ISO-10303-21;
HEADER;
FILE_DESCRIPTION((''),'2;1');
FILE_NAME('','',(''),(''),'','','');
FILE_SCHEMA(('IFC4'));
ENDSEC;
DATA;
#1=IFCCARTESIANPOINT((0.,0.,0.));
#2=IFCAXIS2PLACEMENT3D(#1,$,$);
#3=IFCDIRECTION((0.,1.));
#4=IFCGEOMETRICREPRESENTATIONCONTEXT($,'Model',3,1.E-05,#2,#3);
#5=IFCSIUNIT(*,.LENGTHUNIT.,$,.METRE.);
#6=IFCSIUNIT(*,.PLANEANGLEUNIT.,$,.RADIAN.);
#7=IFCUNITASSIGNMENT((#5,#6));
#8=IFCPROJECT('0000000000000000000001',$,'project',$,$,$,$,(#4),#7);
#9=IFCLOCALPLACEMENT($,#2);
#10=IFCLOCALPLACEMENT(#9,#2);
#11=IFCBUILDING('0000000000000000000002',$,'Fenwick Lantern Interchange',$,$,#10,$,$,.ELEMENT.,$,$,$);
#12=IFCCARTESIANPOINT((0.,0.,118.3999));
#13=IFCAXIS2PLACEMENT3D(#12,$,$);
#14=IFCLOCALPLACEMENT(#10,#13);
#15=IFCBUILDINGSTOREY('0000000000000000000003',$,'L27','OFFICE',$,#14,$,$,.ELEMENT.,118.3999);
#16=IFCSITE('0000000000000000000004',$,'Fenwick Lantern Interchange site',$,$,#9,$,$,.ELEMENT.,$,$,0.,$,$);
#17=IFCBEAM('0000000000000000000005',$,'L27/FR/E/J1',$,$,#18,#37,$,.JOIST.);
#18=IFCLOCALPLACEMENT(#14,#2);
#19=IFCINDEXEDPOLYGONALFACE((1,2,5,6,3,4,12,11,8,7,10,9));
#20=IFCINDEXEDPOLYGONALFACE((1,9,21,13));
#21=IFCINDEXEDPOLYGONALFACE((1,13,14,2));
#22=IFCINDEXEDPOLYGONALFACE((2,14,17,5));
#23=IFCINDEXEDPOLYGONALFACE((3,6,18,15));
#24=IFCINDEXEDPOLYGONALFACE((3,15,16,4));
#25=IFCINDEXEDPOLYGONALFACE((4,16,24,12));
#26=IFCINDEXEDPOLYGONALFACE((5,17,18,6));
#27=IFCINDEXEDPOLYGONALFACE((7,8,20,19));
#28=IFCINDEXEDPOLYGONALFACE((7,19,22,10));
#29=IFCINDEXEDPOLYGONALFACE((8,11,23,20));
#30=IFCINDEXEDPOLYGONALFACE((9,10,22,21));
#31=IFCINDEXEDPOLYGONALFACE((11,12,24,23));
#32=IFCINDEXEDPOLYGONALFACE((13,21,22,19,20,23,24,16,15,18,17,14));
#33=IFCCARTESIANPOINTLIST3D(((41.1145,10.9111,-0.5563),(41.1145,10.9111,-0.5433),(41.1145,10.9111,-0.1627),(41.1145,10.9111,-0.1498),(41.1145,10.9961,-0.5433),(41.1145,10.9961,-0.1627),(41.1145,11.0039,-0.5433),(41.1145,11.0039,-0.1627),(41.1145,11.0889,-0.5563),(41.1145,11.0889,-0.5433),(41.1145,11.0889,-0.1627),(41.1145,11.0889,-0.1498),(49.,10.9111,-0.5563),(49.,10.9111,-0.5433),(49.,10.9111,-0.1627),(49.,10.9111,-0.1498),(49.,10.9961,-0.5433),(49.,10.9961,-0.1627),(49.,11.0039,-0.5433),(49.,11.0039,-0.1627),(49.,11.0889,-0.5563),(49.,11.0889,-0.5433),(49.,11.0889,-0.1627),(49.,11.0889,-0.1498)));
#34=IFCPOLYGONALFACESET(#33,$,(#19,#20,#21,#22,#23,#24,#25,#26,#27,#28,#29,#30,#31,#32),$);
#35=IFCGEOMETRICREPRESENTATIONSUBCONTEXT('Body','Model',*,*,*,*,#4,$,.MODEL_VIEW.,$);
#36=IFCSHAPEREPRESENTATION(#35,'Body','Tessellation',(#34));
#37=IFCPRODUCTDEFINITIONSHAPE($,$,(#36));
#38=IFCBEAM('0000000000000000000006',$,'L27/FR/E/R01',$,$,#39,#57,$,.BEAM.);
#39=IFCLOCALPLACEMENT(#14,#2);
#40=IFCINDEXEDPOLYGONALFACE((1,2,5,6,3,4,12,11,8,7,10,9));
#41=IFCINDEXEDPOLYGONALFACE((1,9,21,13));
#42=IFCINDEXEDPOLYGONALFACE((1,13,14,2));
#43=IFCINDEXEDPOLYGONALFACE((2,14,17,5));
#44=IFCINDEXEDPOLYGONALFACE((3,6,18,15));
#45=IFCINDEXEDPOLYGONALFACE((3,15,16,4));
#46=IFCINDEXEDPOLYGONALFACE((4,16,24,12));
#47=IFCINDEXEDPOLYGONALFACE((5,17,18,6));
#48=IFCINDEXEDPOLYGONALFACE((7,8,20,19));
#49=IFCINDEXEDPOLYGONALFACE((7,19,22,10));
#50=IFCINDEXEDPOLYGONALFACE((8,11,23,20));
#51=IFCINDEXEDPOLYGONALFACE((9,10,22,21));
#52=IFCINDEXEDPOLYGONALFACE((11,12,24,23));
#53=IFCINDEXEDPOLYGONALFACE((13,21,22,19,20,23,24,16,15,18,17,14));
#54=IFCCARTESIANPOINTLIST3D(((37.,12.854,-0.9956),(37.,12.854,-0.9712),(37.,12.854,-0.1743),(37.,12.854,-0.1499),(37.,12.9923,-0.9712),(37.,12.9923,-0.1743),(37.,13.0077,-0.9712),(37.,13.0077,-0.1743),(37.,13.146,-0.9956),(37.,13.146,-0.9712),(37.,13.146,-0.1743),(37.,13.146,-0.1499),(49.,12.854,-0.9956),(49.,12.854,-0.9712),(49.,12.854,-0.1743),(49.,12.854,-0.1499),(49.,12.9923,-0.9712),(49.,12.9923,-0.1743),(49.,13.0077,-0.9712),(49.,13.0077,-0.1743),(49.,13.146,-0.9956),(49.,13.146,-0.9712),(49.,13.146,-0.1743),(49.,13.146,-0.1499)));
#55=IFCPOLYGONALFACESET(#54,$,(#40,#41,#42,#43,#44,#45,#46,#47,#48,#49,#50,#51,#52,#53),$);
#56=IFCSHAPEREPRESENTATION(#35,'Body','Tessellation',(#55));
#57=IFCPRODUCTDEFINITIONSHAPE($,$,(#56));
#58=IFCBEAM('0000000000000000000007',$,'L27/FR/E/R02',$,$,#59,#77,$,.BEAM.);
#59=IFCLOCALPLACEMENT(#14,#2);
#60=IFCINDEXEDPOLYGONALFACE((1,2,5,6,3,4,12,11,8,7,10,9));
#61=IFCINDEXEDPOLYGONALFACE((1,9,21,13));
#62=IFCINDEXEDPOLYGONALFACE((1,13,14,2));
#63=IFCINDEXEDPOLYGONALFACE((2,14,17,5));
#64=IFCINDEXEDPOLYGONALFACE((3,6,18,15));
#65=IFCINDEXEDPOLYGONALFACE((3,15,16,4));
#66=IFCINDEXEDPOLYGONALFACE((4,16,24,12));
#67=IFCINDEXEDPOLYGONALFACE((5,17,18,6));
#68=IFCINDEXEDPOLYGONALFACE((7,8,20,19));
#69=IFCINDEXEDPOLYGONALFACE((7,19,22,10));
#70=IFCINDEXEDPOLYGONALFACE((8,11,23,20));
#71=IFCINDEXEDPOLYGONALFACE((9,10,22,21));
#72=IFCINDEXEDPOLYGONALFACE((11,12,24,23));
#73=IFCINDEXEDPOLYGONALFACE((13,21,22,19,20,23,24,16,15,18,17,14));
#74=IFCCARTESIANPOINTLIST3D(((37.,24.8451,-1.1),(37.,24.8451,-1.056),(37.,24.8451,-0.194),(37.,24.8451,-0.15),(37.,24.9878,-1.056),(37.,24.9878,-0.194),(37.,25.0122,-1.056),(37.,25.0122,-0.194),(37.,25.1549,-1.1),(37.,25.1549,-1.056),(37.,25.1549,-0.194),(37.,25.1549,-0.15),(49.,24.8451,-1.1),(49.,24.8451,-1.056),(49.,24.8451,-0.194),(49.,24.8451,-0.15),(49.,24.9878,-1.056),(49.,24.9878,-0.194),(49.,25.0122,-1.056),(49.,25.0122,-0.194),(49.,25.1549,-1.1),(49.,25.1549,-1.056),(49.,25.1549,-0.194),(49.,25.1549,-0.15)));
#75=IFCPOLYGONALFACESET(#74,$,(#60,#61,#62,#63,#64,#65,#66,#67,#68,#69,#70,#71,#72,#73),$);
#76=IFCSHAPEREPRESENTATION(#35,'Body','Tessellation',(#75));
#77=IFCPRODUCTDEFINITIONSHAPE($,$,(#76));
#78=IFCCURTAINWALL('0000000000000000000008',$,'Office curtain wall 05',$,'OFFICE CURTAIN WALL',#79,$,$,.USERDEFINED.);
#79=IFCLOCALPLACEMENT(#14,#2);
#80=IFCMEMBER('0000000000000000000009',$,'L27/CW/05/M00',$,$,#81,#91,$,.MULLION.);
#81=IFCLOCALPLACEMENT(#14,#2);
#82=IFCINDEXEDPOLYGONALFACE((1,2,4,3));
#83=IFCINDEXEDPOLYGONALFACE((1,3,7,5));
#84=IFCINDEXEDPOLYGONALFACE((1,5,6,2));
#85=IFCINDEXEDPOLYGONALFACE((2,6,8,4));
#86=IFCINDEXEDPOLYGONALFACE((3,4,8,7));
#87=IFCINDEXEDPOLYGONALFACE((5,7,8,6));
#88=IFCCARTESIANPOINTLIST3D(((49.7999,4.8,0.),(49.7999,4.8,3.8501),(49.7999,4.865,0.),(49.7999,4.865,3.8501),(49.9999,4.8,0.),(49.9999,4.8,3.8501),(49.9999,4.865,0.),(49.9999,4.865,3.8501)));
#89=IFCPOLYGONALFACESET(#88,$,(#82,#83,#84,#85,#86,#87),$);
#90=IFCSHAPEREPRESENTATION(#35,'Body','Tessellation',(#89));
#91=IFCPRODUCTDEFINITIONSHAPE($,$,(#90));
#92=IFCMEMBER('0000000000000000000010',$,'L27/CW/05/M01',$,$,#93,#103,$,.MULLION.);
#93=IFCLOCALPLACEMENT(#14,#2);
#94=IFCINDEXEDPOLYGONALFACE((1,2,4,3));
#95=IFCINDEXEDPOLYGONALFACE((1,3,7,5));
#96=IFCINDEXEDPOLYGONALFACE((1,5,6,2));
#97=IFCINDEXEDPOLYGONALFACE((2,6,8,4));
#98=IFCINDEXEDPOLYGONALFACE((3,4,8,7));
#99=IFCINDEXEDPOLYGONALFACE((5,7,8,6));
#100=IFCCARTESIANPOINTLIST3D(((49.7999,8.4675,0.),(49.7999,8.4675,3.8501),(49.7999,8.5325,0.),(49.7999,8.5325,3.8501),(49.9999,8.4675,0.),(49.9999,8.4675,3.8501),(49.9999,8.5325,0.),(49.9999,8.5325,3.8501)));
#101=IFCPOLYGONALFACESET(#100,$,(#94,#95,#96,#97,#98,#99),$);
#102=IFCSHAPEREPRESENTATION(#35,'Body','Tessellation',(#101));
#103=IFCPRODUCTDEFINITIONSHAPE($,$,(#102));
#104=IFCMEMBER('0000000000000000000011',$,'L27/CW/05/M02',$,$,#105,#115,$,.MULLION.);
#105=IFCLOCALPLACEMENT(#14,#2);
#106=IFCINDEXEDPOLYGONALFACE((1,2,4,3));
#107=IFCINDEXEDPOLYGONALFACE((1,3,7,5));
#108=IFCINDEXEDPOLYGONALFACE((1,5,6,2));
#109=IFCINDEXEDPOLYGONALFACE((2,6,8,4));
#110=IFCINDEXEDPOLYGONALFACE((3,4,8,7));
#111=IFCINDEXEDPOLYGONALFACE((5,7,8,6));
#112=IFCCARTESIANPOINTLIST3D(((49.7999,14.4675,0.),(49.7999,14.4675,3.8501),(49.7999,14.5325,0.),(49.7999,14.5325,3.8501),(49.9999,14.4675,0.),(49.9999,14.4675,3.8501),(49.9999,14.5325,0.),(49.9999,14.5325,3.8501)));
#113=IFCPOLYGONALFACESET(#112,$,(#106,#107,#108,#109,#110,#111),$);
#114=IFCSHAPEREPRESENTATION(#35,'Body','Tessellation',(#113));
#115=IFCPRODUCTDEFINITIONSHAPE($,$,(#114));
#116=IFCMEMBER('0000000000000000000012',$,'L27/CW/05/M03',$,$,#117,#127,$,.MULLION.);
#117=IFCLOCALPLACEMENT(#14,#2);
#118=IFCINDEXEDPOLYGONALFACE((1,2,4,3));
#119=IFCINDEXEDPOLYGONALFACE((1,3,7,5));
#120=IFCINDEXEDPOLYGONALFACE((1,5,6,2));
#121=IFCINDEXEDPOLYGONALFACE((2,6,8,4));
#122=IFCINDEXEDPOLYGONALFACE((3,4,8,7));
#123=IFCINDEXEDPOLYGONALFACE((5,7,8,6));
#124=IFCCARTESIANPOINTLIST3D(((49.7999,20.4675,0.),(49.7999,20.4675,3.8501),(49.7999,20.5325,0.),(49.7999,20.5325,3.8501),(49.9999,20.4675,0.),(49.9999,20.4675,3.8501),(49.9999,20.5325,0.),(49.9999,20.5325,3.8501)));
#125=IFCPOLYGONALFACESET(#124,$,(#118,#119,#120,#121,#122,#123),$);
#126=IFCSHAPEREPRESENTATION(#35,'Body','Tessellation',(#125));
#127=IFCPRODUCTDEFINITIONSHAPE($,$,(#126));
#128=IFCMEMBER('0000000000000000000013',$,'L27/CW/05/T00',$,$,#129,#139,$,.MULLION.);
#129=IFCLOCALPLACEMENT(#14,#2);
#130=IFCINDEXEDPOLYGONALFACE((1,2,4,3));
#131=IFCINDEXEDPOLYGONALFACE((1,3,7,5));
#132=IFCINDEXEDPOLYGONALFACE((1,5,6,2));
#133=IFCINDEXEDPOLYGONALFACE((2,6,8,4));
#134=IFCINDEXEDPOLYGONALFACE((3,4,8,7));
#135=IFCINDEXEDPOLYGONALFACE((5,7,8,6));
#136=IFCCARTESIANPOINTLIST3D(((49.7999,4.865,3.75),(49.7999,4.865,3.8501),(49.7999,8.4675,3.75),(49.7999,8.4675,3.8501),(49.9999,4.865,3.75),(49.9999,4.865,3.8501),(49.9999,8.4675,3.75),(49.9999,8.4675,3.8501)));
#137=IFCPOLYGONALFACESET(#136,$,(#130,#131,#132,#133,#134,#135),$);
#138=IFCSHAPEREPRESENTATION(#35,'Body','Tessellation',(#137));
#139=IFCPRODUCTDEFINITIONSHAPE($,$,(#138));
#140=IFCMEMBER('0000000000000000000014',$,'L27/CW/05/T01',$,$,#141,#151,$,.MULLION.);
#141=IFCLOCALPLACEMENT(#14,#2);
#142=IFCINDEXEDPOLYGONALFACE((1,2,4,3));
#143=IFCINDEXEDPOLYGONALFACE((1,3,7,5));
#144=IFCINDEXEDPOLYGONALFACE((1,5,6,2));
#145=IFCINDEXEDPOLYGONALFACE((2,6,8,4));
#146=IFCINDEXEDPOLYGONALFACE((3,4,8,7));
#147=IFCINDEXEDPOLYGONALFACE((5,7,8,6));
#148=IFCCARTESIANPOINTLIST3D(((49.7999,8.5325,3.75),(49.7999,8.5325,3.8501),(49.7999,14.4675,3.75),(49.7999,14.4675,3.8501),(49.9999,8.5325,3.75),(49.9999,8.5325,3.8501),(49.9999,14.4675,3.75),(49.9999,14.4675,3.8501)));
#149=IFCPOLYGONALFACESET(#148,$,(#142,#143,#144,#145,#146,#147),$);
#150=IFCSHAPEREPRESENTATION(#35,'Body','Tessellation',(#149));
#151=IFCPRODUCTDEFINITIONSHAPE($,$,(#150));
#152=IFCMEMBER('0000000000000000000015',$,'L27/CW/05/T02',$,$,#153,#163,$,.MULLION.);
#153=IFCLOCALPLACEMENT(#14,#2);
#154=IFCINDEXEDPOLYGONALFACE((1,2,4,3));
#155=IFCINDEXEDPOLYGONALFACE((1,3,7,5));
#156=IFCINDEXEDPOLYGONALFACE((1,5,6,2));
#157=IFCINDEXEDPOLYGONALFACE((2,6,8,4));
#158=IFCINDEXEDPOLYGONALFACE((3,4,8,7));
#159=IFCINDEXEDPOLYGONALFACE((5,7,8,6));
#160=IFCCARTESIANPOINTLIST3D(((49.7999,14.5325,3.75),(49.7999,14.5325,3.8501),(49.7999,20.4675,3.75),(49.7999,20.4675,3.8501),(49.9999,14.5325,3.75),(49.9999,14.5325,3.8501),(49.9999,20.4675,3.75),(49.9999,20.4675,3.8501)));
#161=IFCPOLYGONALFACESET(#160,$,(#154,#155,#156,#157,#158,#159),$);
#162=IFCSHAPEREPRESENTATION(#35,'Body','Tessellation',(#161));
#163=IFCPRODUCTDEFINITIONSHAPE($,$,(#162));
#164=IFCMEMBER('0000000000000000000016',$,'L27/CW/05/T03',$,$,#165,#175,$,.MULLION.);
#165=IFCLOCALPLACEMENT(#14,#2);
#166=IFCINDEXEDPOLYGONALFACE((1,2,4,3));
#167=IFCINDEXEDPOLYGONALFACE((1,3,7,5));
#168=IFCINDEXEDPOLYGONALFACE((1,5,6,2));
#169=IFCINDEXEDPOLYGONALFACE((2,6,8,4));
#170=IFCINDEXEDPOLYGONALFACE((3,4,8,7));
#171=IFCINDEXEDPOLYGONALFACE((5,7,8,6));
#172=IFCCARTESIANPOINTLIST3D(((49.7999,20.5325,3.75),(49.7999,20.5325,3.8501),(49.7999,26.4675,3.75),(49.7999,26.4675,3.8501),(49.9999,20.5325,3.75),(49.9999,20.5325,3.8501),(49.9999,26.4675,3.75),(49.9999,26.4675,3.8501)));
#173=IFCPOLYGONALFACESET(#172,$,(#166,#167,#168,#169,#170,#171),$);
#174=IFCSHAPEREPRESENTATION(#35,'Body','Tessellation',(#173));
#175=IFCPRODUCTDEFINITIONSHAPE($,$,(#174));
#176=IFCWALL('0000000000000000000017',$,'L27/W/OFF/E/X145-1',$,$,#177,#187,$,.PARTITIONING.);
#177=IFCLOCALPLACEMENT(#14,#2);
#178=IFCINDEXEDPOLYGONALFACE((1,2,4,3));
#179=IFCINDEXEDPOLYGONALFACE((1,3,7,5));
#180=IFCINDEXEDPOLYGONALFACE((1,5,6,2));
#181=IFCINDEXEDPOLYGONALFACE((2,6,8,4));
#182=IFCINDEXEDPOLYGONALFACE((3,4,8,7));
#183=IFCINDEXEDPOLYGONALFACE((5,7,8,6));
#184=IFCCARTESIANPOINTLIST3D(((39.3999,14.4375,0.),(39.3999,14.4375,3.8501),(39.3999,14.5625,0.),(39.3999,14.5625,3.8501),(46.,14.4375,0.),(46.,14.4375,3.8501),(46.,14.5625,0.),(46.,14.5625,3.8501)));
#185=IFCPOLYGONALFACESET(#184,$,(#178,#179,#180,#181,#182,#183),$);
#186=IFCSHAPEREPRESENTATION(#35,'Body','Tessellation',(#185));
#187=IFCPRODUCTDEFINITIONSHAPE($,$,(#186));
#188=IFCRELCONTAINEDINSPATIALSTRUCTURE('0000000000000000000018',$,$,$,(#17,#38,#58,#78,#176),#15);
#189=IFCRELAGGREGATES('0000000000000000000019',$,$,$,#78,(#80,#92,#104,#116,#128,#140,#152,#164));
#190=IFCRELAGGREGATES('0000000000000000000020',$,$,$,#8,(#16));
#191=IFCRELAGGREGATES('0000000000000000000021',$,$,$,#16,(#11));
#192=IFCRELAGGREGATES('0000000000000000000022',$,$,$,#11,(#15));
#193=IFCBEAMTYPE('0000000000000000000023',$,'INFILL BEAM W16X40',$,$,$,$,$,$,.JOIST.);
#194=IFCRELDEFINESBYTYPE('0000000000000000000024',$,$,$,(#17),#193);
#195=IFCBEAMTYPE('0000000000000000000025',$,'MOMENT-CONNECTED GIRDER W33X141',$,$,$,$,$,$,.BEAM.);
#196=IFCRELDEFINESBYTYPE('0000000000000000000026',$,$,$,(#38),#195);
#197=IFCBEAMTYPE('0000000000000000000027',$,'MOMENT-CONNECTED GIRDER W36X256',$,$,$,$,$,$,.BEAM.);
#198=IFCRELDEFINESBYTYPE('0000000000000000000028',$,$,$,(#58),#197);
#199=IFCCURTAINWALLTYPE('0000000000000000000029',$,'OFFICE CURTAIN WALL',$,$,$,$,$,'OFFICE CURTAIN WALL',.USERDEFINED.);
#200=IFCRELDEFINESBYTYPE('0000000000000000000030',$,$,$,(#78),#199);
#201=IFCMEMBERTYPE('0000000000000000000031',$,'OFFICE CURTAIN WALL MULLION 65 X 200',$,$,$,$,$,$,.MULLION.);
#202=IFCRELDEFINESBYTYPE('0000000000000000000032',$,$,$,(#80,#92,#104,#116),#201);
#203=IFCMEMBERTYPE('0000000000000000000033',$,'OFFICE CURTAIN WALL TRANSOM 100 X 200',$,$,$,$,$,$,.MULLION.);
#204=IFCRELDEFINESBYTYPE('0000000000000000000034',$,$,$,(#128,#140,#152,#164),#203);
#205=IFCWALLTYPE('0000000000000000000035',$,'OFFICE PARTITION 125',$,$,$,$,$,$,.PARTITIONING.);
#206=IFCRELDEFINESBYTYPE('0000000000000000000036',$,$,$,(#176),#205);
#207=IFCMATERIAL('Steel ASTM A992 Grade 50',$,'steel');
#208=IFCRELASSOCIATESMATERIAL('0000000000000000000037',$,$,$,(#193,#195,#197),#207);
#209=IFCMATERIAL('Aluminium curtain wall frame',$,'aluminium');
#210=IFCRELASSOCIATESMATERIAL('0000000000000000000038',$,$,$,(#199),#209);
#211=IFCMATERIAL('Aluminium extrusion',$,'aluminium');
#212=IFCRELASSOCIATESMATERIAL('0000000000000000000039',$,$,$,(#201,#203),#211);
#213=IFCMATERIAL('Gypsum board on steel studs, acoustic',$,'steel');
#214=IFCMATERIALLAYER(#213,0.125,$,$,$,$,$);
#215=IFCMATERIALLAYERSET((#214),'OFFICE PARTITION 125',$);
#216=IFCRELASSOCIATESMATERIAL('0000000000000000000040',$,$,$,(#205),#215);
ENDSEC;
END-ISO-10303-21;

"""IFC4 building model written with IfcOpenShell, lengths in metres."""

from ifc_helpers import new_model, si_unit, direction, frame, frame_2d, origin, origin_2d, place, context, subcontext, project, spatial, rectangle, i_section, extrude, material, layer, layer_set, material_profile, profile_set, type_object, element, aggregate, save


model = new_model("IFC4")

# Units and contexts
model_context = context("Model", 3, precision=1e-05, world=origin(), true_north=direction((0.0, 1.0)))
body_context = subcontext(model_context, "Body", "Model", "MODEL_VIEW")
ifc_project = project(units=[si_unit("LENGTHUNIT", "METRE"), si_unit("PLANEANGLEUNIT", "RADIAN")], contexts=[model_context])

# Site, building, storey
site_placement = place(None, origin())
site = spatial("IfcSite", under=ifc_project, at=site_placement, Name="Fenwick Lantern Interchange site", CompositionType="ELEMENT", RefElevation=0.0)
building_placement = place(site_placement, origin())
building = spatial("IfcBuilding", under=site, at=building_placement, Name="Fenwick Lantern Interchange", CompositionType="ELEMENT")
storey_placement = place(building_placement, frame((0.0, 0.0, 118.3999)))
storey = spatial("IfcBuildingStorey", under=building, at=storey_placement, Name="L27", Description="OFFICE", CompositionType="ELEMENT", Elevation=118.3999)

# Shared definitions
ifc_material_1 = material(Name="Steel ASTM A992 Grade 50", Category="steel")

# Beams
ifc_material_profile_1 = material_profile(ifc_material_1, i_section(OverallWidth=0.1777, OverallDepth=0.4065, WebThickness=0.0078, FlangeThickness=0.0129, at=origin_2d()), Name="W16X40")
ifc_profile_set_1 = profile_set([ifc_material_profile_1], Name="Steel ASTM A992 Grade 50")
beam_type_1 = type_object("IfcBeamType", Name="INFILL BEAM W16X40", PredefinedType="JOIST", material=ifc_profile_set_1)
beam_1_placement = place(storey_placement, frame((49.0, 11.0, -0.353), z_axis=(-1.0, 0.0, 0.0), x_axis=(0.0, -1.0, 0.0)))
element("IfcBeam", 1, at=beam_1_placement, inside=storey, type_object=beam_type_1, Name="L27/FR/E/J1", PredefinedType="JOIST", context=body_context, shape_type="SweptSolid", body=[
    extrude(i_section(OverallWidth=0.1777, OverallDepth=0.4065, WebThickness=0.0078, FlangeThickness=0.0129, at=origin_2d()), origin(), (0.0, 0.0, 1.0), 7.8855),
])
ifc_material_profile_2 = material_profile(ifc_material_1, i_section(OverallWidth=0.292, OverallDepth=0.8457, WebThickness=0.0154, FlangeThickness=0.0244, at=origin_2d()), Name="W33X141")
ifc_profile_set_2 = profile_set([ifc_material_profile_2], Name="Steel ASTM A992 Grade 50")
beam_type_2 = type_object("IfcBeamType", Name="MOMENT-CONNECTED GIRDER W33X141", PredefinedType="BEAM", material=ifc_profile_set_2)
beam_2_placement = place(storey_placement, frame((49.0, 13.0, -0.5728), z_axis=(-1.0, 0.0, 0.0), x_axis=(0.0, -1.0, 0.0)))
element("IfcBeam", 2, at=beam_2_placement, inside=storey, type_object=beam_type_2, Name="L27/FR/E/R01", PredefinedType="BEAM", context=body_context, shape_type="SweptSolid", body=[
    extrude(i_section(OverallWidth=0.292, OverallDepth=0.8457, WebThickness=0.0154, FlangeThickness=0.0244, at=origin_2d()), origin(), (0.0, 0.0, 1.0), 12.0),
])
ifc_material_profile_3 = material_profile(ifc_material_1, i_section(OverallWidth=0.3098, OverallDepth=0.95, WebThickness=0.0244, FlangeThickness=0.0439, at=origin_2d()), Name="W36X256")
ifc_profile_set_3 = profile_set([ifc_material_profile_3], Name="Steel ASTM A992 Grade 50")
beam_type_3 = type_object("IfcBeamType", Name="MOMENT-CONNECTED GIRDER W36X256", PredefinedType="BEAM", material=ifc_profile_set_3)
beam_3_placement = place(storey_placement, frame((49.0, 25.0, -0.625), z_axis=(-1.0, 0.0, 0.0), x_axis=(0.0, -1.0, 0.0)))
element("IfcBeam", 3, at=beam_3_placement, inside=storey, type_object=beam_type_3, Name="L27/FR/E/R02", PredefinedType="BEAM", context=body_context, shape_type="SweptSolid", body=[
    extrude(i_section(OverallWidth=0.3098, OverallDepth=0.95, WebThickness=0.0244, FlangeThickness=0.0439, at=origin_2d()), origin(), (0.0, 0.0, 1.0), 12.0),
])

# Curtain wall, members
ifc_material_2 = material(Name="Aluminium curtain wall frame", Category="aluminium")
curtain_wall_type = type_object("IfcCurtainWallType", Name="OFFICE CURTAIN WALL", ElementType="OFFICE CURTAIN WALL", PredefinedType="USERDEFINED", material=ifc_material_2)
curtain_wall_placement = place(storey_placement, origin())
curtain_wall = element("IfcCurtainWall", 4, at=curtain_wall_placement, inside=storey, type_object=curtain_wall_type, Name="Office curtain wall 05", ObjectType="OFFICE CURTAIN WALL", PredefinedType="USERDEFINED")
ifc_material_3 = material(Name="Aluminium extrusion", Category="aluminium")
ifc_material_profile_4 = material_profile(ifc_material_3, rectangle(XDim=0.2, YDim=0.0649, at=origin_2d()), Name="OFFICE CURTAIN WALL MULLION 65 X 200")
ifc_profile_set_4 = profile_set([ifc_material_profile_4], Name="Aluminium extrusion")
member_type_1 = type_object("IfcMemberType", Name="OFFICE CURTAIN WALL MULLION 65 X 200", PredefinedType="MULLION", material=ifc_profile_set_4)
member_1_placement = place(storey_placement, frame((49.8999, 4.8325, 0.0), z_axis=(0.0, 0.0, 1.0), x_axis=(-1.0, 0.0, 0.0)))
member_1 = element("IfcMember", 5, at=member_1_placement, type_object=member_type_1, Name="L27/CW/05/M00", PredefinedType="MULLION", context=body_context, shape_type="SweptSolid", body=[
    extrude(rectangle(XDim=0.2, YDim=0.0649, at=origin_2d()), origin(), (0.0, 0.0, 1.0), 3.8501),
])
member_2_placement = place(storey_placement, frame((49.8999, 8.5, 0.0), z_axis=(0.0, 0.0, 1.0), x_axis=(-1.0, 0.0, 0.0)))
member_2 = element("IfcMember", 6, at=member_2_placement, type_object=member_type_1, Name="L27/CW/05/M01", PredefinedType="MULLION", context=body_context, shape_type="SweptSolid", body=[
    extrude(rectangle(XDim=0.2, YDim=0.0649, at=origin_2d()), origin(), (0.0, 0.0, 1.0), 3.8501),
])
member_3_placement = place(storey_placement, frame((49.8999, 14.5, 0.0), z_axis=(0.0, 0.0, 1.0), x_axis=(-1.0, 0.0, 0.0)))
member_3 = element("IfcMember", 7, at=member_3_placement, type_object=member_type_1, Name="L27/CW/05/M02", PredefinedType="MULLION", context=body_context, shape_type="SweptSolid", body=[
    extrude(rectangle(XDim=0.2, YDim=0.0649, at=origin_2d()), origin(), (0.0, 0.0, 1.0), 3.8501),
])
member_4_placement = place(storey_placement, frame((49.8999, 20.5, 0.0), z_axis=(0.0, 0.0, 1.0), x_axis=(-1.0, 0.0, 0.0)))
member_4 = element("IfcMember", 8, at=member_4_placement, type_object=member_type_1, Name="L27/CW/05/M03", PredefinedType="MULLION", context=body_context, shape_type="SweptSolid", body=[
    extrude(rectangle(XDim=0.2, YDim=0.0649, at=origin_2d()), origin(), (0.0, 0.0, 1.0), 3.8501),
])
ifc_material_profile_5 = material_profile(ifc_material_3, rectangle(XDim=0.2, YDim=0.1001, at=origin_2d()), Name="OFFICE CURTAIN WALL TRANSOM 100 X 200")
ifc_profile_set_5 = profile_set([ifc_material_profile_5], Name="Aluminium extrusion")
member_type_2 = type_object("IfcMemberType", Name="OFFICE CURTAIN WALL TRANSOM 100 X 200", PredefinedType="MULLION", material=ifc_profile_set_5)
member_5_placement = place(storey_placement, frame((49.8999, 4.865, 3.8), z_axis=(0.0, 1.0, 0.0), x_axis=(-1.0, 0.0, 0.0)))
member_5 = element("IfcMember", 9, at=member_5_placement, type_object=member_type_2, Name="L27/CW/05/T00", PredefinedType="MULLION", context=body_context, shape_type="SweptSolid", body=[
    extrude(rectangle(XDim=0.2, YDim=0.1001, at=origin_2d()), origin(), (0.0, 0.0, 1.0), 3.6025),
])
member_6_placement = place(storey_placement, frame((49.8999, 8.5325, 3.8), z_axis=(0.0, 1.0, 0.0), x_axis=(-1.0, 0.0, 0.0)))
member_6 = element("IfcMember", 10, at=member_6_placement, type_object=member_type_2, Name="L27/CW/05/T01", PredefinedType="MULLION", context=body_context, shape_type="SweptSolid", body=[
    extrude(rectangle(XDim=0.2, YDim=0.1001, at=origin_2d()), origin(), (0.0, 0.0, 1.0), 5.9351),
])
member_7_placement = place(storey_placement, frame((49.8999, 14.5325, 3.8), z_axis=(0.0, 1.0, 0.0), x_axis=(-1.0, 0.0, 0.0)))
member_7 = element("IfcMember", 11, at=member_7_placement, type_object=member_type_2, Name="L27/CW/05/T02", PredefinedType="MULLION", context=body_context, shape_type="SweptSolid", body=[
    extrude(rectangle(XDim=0.2, YDim=0.1001, at=origin_2d()), origin(), (0.0, 0.0, 1.0), 5.9351),
])
member_8_placement = place(storey_placement, frame((49.8999, 20.5325, 3.8), z_axis=(0.0, 1.0, 0.0), x_axis=(-1.0, 0.0, 0.0)))
member_8 = element("IfcMember", 12, at=member_8_placement, type_object=member_type_2, Name="L27/CW/05/T03", PredefinedType="MULLION", context=body_context, shape_type="SweptSolid", body=[
    extrude(rectangle(XDim=0.2, YDim=0.1001, at=origin_2d()), origin(), (0.0, 0.0, 1.0), 5.9351),
])
aggregate(curtain_wall, [member_1, member_2, member_3, member_4, member_5, member_6, member_7, member_8])

# Wall
ifc_material_4 = material(Name="Gypsum board on steel studs, acoustic", Category="steel")
ifc_layer_1 = layer(ifc_material_4, 0.125)
ifc_layer_set_1 = layer_set([ifc_layer_1], Name="OFFICE PARTITION 125")
wall_type = type_object("IfcWallType", Name="OFFICE PARTITION 125", PredefinedType="PARTITIONING", material=ifc_layer_set_1)
wall_1_placement = place(storey_placement, frame((46.0, 14.5, 0.0), z_axis=(0.0, 0.0, 1.0), x_axis=(-1.0, 0.0, 0.0)))
element("IfcWall", 13, at=wall_1_placement, inside=storey, type_object=wall_type, Name="L27/W/OFF/E/X145-1", PredefinedType="PARTITIONING", context=body_context, shape_type="SweptSolid", body=[
    extrude(rectangle(XDim=6.6001, YDim=0.125, at=frame_2d((3.3, 0.0))), origin(), (0.0, 0.0, 1.0), 3.8501),
])

save(model, "model.ifc")
